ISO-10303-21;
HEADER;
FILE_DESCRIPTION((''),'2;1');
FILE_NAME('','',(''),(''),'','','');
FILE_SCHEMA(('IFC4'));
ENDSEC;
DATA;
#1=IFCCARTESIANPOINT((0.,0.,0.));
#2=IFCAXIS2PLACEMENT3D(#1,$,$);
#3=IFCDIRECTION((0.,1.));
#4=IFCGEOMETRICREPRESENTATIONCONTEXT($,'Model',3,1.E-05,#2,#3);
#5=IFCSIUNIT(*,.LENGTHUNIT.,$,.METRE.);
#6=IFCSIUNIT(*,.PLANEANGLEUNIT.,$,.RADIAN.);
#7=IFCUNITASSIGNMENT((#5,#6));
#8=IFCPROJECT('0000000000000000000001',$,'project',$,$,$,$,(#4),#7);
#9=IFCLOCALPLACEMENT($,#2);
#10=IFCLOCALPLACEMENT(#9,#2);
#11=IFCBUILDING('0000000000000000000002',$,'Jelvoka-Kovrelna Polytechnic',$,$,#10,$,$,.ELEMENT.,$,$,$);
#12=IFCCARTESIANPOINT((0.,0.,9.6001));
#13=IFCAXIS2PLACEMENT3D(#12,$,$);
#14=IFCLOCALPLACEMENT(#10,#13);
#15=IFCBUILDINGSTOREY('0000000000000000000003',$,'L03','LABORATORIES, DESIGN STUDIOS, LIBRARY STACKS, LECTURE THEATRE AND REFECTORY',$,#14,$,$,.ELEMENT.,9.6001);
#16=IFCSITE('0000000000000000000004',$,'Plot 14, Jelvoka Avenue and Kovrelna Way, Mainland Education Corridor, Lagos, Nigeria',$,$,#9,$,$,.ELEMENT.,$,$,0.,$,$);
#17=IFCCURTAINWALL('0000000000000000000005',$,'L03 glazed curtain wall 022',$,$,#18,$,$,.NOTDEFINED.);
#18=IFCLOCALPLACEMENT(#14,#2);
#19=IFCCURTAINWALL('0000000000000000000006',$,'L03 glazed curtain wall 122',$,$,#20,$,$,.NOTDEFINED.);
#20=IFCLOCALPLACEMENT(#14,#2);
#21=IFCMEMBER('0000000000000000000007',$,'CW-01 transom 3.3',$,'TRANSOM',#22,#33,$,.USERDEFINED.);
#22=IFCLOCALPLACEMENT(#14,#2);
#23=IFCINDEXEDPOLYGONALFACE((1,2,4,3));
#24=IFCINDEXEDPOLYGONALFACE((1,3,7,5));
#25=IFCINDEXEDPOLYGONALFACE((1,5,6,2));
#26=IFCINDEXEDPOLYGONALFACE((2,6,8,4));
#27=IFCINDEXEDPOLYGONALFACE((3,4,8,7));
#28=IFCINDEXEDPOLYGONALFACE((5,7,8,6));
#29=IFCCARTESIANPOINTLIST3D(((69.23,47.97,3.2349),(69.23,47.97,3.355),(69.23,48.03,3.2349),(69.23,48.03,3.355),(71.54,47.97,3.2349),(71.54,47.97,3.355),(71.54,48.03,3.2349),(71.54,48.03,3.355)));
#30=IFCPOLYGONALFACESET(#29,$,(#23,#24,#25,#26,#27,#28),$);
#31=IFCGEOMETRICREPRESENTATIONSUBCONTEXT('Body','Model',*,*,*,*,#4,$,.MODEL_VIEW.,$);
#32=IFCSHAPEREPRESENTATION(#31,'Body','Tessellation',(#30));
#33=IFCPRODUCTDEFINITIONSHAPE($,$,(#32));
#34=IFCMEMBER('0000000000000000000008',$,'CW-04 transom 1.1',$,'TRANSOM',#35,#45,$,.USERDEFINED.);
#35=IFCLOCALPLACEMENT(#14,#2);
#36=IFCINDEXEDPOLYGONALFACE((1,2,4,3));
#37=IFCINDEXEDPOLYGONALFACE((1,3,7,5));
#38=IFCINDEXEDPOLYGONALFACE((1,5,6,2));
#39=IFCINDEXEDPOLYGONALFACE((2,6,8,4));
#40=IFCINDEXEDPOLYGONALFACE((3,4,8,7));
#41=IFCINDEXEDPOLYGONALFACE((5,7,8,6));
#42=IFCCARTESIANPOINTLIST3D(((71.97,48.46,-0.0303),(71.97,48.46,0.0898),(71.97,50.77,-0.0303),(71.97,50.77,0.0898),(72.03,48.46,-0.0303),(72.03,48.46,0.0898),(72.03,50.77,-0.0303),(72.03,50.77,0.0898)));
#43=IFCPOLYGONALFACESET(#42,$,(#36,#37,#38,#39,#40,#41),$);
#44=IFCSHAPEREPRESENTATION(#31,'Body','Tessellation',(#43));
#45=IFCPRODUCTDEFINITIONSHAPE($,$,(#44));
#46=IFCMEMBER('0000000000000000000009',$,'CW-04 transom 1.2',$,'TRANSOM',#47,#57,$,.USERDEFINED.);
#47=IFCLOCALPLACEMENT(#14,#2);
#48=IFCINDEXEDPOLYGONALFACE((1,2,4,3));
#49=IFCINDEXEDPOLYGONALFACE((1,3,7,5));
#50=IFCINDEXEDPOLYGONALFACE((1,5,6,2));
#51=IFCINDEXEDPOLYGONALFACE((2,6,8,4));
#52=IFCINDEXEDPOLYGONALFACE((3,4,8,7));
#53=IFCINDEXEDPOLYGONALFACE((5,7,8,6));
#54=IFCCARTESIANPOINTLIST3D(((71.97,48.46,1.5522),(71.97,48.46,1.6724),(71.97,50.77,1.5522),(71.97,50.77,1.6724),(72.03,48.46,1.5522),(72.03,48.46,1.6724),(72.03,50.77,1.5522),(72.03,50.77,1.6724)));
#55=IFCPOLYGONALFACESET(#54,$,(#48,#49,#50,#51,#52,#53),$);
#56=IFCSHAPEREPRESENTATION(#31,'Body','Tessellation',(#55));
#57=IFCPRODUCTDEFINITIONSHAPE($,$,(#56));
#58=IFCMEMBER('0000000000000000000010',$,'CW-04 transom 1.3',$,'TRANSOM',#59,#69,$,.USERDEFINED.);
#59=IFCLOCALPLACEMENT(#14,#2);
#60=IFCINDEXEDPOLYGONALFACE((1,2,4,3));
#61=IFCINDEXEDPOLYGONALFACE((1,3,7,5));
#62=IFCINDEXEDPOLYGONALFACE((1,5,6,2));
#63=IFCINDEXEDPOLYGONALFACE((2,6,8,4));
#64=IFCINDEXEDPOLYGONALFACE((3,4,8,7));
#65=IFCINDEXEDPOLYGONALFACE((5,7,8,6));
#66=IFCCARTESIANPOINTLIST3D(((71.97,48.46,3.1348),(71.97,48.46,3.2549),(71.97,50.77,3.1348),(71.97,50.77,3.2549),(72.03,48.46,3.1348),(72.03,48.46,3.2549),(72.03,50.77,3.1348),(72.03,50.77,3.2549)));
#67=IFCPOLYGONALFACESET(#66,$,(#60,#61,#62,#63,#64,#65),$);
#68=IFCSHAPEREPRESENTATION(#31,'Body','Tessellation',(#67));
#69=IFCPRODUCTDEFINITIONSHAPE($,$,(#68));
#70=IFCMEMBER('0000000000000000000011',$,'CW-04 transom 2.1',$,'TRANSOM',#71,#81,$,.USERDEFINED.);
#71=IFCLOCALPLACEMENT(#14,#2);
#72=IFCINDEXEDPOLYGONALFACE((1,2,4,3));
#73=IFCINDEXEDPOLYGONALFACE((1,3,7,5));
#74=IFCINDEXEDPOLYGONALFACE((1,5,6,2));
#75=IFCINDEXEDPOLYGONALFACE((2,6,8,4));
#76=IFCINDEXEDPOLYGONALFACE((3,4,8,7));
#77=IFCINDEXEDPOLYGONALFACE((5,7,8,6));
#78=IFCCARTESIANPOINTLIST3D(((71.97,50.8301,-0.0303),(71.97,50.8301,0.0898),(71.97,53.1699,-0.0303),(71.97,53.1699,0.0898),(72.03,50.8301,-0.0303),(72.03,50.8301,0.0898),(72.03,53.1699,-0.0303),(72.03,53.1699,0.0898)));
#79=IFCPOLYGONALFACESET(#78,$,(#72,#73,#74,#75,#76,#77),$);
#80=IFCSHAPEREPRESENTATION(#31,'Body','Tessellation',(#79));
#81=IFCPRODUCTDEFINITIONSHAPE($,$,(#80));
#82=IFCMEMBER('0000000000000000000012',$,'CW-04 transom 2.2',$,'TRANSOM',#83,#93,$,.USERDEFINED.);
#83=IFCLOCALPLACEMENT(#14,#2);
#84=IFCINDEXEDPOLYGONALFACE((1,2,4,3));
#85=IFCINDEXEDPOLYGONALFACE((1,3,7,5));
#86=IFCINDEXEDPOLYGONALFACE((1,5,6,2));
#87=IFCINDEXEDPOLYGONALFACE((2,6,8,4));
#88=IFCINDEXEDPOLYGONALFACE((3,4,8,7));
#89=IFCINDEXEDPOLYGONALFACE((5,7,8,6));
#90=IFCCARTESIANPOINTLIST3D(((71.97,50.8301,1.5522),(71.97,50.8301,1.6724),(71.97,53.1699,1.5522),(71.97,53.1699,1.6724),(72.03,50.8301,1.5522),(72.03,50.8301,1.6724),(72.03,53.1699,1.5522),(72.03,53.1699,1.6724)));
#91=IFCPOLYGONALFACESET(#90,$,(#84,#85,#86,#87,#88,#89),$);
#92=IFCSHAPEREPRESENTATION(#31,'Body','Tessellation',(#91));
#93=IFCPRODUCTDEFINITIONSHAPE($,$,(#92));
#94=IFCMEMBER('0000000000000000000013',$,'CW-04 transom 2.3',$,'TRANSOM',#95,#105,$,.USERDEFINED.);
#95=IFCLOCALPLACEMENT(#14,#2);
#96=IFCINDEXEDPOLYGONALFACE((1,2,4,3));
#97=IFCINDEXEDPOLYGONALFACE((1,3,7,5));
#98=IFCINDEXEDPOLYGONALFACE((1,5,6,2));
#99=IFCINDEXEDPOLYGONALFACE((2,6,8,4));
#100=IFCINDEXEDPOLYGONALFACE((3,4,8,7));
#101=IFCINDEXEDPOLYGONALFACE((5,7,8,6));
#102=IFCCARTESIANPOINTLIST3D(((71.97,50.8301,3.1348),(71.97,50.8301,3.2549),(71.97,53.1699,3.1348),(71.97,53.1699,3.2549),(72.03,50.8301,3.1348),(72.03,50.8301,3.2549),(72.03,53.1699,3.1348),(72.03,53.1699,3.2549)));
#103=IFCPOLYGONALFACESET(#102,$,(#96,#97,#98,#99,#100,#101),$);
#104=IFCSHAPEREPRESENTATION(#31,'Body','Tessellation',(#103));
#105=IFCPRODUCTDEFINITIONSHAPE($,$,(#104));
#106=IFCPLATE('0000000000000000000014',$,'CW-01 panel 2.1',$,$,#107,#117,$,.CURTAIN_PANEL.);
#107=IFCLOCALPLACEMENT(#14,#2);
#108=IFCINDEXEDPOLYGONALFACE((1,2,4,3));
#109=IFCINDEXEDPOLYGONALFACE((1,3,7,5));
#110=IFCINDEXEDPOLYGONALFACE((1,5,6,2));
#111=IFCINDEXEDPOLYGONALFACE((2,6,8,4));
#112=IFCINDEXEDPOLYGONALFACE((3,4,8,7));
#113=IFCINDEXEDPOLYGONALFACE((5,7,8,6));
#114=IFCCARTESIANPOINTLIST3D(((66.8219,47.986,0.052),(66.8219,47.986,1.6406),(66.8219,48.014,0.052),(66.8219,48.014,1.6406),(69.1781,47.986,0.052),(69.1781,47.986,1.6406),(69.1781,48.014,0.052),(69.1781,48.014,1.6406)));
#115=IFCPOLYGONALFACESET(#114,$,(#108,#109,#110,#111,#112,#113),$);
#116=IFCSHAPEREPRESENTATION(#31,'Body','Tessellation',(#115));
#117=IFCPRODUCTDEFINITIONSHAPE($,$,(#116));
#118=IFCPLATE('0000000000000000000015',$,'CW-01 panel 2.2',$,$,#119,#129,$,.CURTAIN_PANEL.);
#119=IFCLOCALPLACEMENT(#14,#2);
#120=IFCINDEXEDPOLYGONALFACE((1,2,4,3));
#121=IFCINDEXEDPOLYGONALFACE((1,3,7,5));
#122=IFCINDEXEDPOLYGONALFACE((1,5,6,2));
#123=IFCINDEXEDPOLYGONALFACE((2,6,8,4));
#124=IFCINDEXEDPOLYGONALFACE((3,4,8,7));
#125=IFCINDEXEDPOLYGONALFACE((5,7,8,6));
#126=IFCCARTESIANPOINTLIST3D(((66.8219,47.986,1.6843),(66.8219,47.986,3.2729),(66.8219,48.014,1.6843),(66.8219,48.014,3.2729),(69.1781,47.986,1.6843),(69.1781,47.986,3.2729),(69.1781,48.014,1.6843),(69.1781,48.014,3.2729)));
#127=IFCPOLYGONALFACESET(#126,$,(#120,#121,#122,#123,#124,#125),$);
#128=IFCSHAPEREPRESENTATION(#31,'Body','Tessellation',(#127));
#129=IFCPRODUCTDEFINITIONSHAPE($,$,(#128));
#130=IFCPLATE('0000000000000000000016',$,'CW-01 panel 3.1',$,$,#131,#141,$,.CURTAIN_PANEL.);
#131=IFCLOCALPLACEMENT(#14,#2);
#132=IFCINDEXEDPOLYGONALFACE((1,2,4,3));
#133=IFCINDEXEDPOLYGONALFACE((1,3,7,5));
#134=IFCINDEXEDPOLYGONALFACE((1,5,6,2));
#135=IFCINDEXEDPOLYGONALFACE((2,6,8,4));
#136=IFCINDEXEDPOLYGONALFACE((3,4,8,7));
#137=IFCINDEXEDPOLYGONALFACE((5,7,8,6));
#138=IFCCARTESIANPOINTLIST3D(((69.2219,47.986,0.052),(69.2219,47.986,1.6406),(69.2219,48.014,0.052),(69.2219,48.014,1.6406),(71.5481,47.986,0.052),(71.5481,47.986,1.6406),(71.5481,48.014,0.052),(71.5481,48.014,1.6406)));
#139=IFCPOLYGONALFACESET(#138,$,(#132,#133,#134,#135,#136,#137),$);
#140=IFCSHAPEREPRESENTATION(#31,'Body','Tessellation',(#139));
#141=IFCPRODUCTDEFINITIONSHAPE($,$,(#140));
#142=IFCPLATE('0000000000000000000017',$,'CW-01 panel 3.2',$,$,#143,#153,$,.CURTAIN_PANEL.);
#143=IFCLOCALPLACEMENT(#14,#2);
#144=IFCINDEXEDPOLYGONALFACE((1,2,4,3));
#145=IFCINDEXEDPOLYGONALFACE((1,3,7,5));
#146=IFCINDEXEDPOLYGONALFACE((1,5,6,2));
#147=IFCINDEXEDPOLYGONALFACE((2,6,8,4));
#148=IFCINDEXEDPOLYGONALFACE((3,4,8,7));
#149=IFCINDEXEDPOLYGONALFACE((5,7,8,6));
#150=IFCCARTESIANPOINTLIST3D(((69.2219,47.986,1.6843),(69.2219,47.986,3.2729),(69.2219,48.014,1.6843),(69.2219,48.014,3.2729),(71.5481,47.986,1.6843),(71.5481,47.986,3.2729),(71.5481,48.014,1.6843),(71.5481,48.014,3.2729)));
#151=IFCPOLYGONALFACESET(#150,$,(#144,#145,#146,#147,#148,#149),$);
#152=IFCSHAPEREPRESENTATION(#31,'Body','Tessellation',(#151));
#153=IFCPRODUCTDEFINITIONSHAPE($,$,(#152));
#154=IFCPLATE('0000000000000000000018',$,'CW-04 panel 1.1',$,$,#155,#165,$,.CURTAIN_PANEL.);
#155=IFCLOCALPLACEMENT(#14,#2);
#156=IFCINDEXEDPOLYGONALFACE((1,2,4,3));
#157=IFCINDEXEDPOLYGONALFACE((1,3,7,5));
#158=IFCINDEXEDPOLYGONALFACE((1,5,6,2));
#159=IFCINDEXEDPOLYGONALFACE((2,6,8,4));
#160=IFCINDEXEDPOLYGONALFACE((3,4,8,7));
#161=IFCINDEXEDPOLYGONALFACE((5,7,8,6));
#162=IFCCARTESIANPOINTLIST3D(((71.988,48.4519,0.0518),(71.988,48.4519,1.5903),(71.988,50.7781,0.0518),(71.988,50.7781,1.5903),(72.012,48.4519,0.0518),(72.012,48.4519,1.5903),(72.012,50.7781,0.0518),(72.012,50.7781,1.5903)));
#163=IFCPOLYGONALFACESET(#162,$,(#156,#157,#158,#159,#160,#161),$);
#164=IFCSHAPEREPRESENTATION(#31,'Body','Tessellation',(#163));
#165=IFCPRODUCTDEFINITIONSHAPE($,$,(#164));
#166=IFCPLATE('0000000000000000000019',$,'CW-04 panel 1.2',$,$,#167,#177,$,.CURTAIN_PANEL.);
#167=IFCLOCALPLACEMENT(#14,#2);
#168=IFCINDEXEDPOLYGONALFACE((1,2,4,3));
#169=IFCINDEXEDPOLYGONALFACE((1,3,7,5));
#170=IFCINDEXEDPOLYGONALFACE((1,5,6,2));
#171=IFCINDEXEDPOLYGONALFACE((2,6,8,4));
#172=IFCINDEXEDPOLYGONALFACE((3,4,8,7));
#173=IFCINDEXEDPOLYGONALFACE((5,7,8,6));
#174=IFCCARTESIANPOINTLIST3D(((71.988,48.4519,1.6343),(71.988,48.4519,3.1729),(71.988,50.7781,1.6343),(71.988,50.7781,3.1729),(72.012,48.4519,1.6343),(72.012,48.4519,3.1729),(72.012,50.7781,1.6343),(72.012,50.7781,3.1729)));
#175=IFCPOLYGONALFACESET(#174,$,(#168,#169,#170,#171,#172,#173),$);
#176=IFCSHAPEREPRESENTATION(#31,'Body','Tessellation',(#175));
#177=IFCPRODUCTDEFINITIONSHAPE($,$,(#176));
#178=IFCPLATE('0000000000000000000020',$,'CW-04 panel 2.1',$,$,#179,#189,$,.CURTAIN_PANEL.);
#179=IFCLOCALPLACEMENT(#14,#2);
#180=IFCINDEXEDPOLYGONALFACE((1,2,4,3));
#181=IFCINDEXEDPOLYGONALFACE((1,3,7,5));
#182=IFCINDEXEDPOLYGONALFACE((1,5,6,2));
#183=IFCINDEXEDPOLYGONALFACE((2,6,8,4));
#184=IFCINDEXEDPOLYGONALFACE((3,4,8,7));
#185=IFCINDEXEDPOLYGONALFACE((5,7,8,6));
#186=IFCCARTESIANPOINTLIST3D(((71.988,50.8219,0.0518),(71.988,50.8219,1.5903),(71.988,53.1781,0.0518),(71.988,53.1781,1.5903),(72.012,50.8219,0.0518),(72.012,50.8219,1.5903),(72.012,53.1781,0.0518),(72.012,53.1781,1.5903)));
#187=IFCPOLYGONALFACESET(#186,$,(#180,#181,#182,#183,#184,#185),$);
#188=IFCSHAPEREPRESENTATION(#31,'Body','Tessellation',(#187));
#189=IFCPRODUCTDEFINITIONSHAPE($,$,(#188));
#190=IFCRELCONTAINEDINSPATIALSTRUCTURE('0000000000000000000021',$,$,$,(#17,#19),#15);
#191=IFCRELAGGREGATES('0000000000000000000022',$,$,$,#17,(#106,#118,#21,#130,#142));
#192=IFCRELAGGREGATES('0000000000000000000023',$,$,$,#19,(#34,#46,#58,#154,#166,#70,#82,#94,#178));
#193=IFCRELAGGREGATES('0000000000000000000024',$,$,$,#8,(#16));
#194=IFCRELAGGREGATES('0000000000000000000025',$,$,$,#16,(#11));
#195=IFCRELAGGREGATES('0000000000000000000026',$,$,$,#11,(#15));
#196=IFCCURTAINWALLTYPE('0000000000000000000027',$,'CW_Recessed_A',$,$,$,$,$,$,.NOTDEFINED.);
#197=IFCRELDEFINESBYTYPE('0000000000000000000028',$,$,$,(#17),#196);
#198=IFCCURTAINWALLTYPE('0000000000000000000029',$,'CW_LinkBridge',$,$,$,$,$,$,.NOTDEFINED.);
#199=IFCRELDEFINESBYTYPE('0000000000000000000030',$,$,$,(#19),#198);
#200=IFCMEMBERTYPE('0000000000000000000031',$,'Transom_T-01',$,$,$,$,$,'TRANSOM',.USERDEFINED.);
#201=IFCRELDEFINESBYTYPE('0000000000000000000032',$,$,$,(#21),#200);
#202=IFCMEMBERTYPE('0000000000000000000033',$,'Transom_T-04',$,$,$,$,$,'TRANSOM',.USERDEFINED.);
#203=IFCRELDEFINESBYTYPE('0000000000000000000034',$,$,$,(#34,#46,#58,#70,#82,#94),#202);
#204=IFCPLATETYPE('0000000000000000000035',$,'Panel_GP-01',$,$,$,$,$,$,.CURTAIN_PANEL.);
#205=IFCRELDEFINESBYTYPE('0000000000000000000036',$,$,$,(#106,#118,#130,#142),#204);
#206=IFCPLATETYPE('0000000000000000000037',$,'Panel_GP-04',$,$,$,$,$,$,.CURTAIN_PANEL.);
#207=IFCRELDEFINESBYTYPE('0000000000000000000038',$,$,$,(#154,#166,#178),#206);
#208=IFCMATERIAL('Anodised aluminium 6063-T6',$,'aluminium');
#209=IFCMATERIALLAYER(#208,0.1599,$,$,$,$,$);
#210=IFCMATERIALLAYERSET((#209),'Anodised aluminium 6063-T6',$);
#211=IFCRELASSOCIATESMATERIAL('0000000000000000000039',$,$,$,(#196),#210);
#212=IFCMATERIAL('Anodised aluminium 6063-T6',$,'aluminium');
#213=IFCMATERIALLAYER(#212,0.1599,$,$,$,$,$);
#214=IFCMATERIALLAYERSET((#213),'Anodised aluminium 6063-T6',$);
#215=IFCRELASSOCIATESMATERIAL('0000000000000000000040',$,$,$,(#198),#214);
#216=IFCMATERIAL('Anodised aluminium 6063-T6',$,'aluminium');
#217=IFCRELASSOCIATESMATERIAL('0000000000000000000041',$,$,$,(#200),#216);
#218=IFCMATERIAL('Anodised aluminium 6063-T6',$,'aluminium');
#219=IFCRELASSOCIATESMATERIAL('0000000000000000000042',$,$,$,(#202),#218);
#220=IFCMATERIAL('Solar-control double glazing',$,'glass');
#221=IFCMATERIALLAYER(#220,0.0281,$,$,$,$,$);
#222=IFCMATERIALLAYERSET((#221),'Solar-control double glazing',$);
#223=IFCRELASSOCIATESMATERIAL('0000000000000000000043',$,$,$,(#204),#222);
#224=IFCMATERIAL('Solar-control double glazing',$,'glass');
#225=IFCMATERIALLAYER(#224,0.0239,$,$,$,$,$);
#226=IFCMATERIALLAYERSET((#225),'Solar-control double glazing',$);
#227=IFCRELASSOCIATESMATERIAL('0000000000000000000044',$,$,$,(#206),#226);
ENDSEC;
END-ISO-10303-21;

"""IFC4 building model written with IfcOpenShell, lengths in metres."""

from ifc_helpers import new_model, si_unit, direction, frame, origin, origin_2d, place, context, subcontext, project, spatial, rectangle, extrude, material, layer, layer_set, material_profile, profile_set, type_object, element, aggregate, save


model = new_model("IFC4")

# Units and contexts
model_context = context("Model", 3, precision=1e-05, world=origin(), true_north=direction((0.0, 1.0)))
body_context = subcontext(model_context, "Body", "Model", "MODEL_VIEW")
ifc_project = project(units=[si_unit("LENGTHUNIT", "METRE"), si_unit("PLANEANGLEUNIT", "RADIAN")], contexts=[model_context])

# Site, building, storey
site_placement = place(None, origin())
site = spatial("IfcSite", under=ifc_project, at=site_placement, Name="Plot 14, Jelvoka Avenue and Kovrelna Way, Mainland Education Corridor, Lagos, Nigeria", CompositionType="ELEMENT", RefElevation=0.0)
building_placement = place(site_placement, origin())
building = spatial("IfcBuilding", under=site, at=building_placement, Name="Jelvoka-Kovrelna Polytechnic", CompositionType="ELEMENT")
storey_placement = place(building_placement, frame((0.0, 0.0, 9.6001)))
storey = spatial("IfcBuildingStorey", under=building, at=storey_placement, Name="L03", Description="LABORATORIES, DESIGN STUDIOS, LIBRARY STACKS, LECTURE THEATRE AND REFECTORY", CompositionType="ELEMENT", Elevation=9.6001)

# Curtain walls
ifc_material_1 = material(Name="Anodised aluminium 6063-T6", Category="aluminium")
ifc_layer_1 = layer(ifc_material_1, 0.1599)
ifc_layer_set_1 = layer_set([ifc_layer_1], Name="Anodised aluminium 6063-T6")
curtain_wall_type_1 = type_object("IfcCurtainWallType", Name="CW_Recessed_A", PredefinedType="NOTDEFINED", material=ifc_layer_set_1)
curtain_wall_1_placement = place(storey_placement, origin())
curtain_wall_1 = element("IfcCurtainWall", 1, at=curtain_wall_1_placement, inside=storey, type_object=curtain_wall_type_1, Name="L03 glazed curtain wall 022", PredefinedType="NOTDEFINED")
ifc_material_2 = material(Name="Anodised aluminium 6063-T6", Category="aluminium")
ifc_layer_2 = layer(ifc_material_2, 0.1599)
ifc_layer_set_2 = layer_set([ifc_layer_2], Name="Anodised aluminium 6063-T6")
curtain_wall_type_2 = type_object("IfcCurtainWallType", Name="CW_LinkBridge", PredefinedType="NOTDEFINED", material=ifc_layer_set_2)
curtain_wall_2_placement = place(storey_placement, origin())
curtain_wall_2 = element("IfcCurtainWall", 2, at=curtain_wall_2_placement, inside=storey, type_object=curtain_wall_type_2, Name="L03 glazed curtain wall 122", PredefinedType="NOTDEFINED")

# Members
ifc_material_3 = material(Name="Anodised aluminium 6063-T6", Category="aluminium")
ifc_material_profile_1 = material_profile(ifc_material_3, rectangle(XDim=0.0601, YDim=0.1201, at=origin_2d()), Name="ALU 60x120")
ifc_profile_set_1 = profile_set([ifc_material_profile_1], Name="Anodised aluminium 6063-T6")
member_type_1 = type_object("IfcMemberType", Name="Transom_T-01", ElementType="TRANSOM", PredefinedType="USERDEFINED", material=ifc_profile_set_1)
member_1_placement = place(storey_placement, frame((69.23, 48.0, 3.2949), z_axis=(1.0, 0.0, 0.0), x_axis=(0.0, 1.0, 0.0)))
member_1 = element("IfcMember", 3, at=member_1_placement, type_object=member_type_1, Name="CW-01 transom 3.3", ObjectType="TRANSOM", PredefinedType="USERDEFINED", context=body_context, shape_type="SweptSolid", body=[
    extrude(rectangle(XDim=0.0601, YDim=0.1201, at=origin_2d()), origin(), (0.0, 0.0, 1.0), 2.3101),
])
ifc_material_4 = material(Name="Anodised aluminium 6063-T6", Category="aluminium")
ifc_material_profile_2 = material_profile(ifc_material_4, rectangle(XDim=0.0601, YDim=0.1201, at=origin_2d()), Name="ALU 60x120")
ifc_profile_set_2 = profile_set([ifc_material_profile_2], Name="Anodised aluminium 6063-T6")
member_type_2 = type_object("IfcMemberType", Name="Transom_T-04", ElementType="TRANSOM", PredefinedType="USERDEFINED", material=ifc_profile_set_2)
member_2_placement = place(storey_placement, frame((72.0, 48.46, 0.0298), z_axis=(0.0, 1.0, 0.0), x_axis=(-1.0, 0.0, 0.0)))
member_2 = element("IfcMember", 4, at=member_2_placement, type_object=member_type_2, Name="CW-04 transom 1.1", ObjectType="TRANSOM", PredefinedType="USERDEFINED", context=body_context, shape_type="SweptSolid", body=[
    extrude(rectangle(XDim=0.0601, YDim=0.1201, at=origin_2d()), origin(), (0.0, 0.0, 1.0), 2.3101),
])
member_3_placement = place(storey_placement, frame((72.0, 48.46, 1.6123), z_axis=(0.0, 1.0, 0.0), x_axis=(-1.0, 0.0, 0.0)))
member_3 = element("IfcMember", 5, at=member_3_placement, type_object=member_type_2, Name="CW-04 transom 1.2", ObjectType="TRANSOM", PredefinedType="USERDEFINED", context=body_context, shape_type="SweptSolid", body=[
    extrude(rectangle(XDim=0.0601, YDim=0.1201, at=origin_2d()), origin(), (0.0, 0.0, 1.0), 2.3101),
])
member_4_placement = place(storey_placement, frame((72.0, 48.46, 3.1948), z_axis=(0.0, 1.0, 0.0), x_axis=(-1.0, 0.0, 0.0)))
member_4 = element("IfcMember", 6, at=member_4_placement, type_object=member_type_2, Name="CW-04 transom 1.3", ObjectType="TRANSOM", PredefinedType="USERDEFINED", context=body_context, shape_type="SweptSolid", body=[
    extrude(rectangle(XDim=0.0601, YDim=0.1201, at=origin_2d()), origin(), (0.0, 0.0, 1.0), 2.3101),
])
member_5_placement = place(storey_placement, frame((72.0, 50.8301, 0.0298), z_axis=(0.0, 1.0, 0.0), x_axis=(-1.0, 0.0, 0.0)))
member_5 = element("IfcMember", 7, at=member_5_placement, type_object=member_type_2, Name="CW-04 transom 2.1", ObjectType="TRANSOM", PredefinedType="USERDEFINED", context=body_context, shape_type="SweptSolid", body=[
    extrude(rectangle(XDim=0.0601, YDim=0.1201, at=origin_2d()), origin(), (0.0, 0.0, 1.0), 2.3398),
])
member_6_placement = place(storey_placement, frame((72.0, 50.8301, 1.6123), z_axis=(0.0, 1.0, 0.0), x_axis=(-1.0, 0.0, 0.0)))
member_6 = element("IfcMember", 8, at=member_6_placement, type_object=member_type_2, Name="CW-04 transom 2.2", ObjectType="TRANSOM", PredefinedType="USERDEFINED", context=body_context, shape_type="SweptSolid", body=[
    extrude(rectangle(XDim=0.0601, YDim=0.1201, at=origin_2d()), origin(), (0.0, 0.0, 1.0), 2.3398),
])
member_7_placement = place(storey_placement, frame((72.0, 50.8301, 3.1948), z_axis=(0.0, 1.0, 0.0), x_axis=(-1.0, 0.0, 0.0)))
member_7 = element("IfcMember", 9, at=member_7_placement, type_object=member_type_2, Name="CW-04 transom 2.3", ObjectType="TRANSOM", PredefinedType="USERDEFINED", context=body_context, shape_type="SweptSolid", body=[
    extrude(rectangle(XDim=0.0601, YDim=0.1201, at=origin_2d()), origin(), (0.0, 0.0, 1.0), 2.3398),
])

# Plates
ifc_material_5 = material(Name="Solar-control double glazing", Category="glass")
ifc_layer_3 = layer(ifc_material_5, 0.0281)
ifc_layer_set_3 = layer_set([ifc_layer_3], Name="Solar-control double glazing")
plate_type_1 = type_object("IfcPlateType", Name="Panel_GP-01", PredefinedType="CURTAIN_PANEL", material=ifc_layer_set_3)
plate_1_placement = place(storey_placement, frame((68.0, 48.0, 0.052), z_axis=(0.0, 0.0, 1.0), x_axis=(1.0, 0.0, 0.0)))
plate_1 = element("IfcPlate", 10, at=plate_1_placement, type_object=plate_type_1, Name="CW-01 panel 2.1", PredefinedType="CURTAIN_PANEL", context=body_context, shape_type="SweptSolid", body=[
    extrude(rectangle(XDim=2.3562, YDim=0.0281, at=origin_2d()), origin(), (0.0, 0.0, 1.0), 1.5886),
])
plate_2_placement = place(storey_placement, frame((68.0, 48.0, 1.6843), z_axis=(0.0, 0.0, 1.0), x_axis=(1.0, 0.0, 0.0)))
plate_2 = element("IfcPlate", 11, at=plate_2_placement, type_object=plate_type_1, Name="CW-01 panel 2.2", PredefinedType="CURTAIN_PANEL", context=body_context, shape_type="SweptSolid", body=[
    extrude(rectangle(XDim=2.3562, YDim=0.0281, at=origin_2d()), origin(), (0.0, 0.0, 1.0), 1.5886),
])
plate_3_placement = place(storey_placement, frame((70.385, 48.0, 0.052), z_axis=(0.0, 0.0, 1.0), x_axis=(1.0, 0.0, 0.0)))
plate_3 = element("IfcPlate", 12, at=plate_3_placement, type_object=plate_type_1, Name="CW-01 panel 3.1", PredefinedType="CURTAIN_PANEL", context=body_context, shape_type="SweptSolid", body=[
    extrude(rectangle(XDim=2.3262, YDim=0.0281, at=origin_2d()), origin(), (0.0, 0.0, 1.0), 1.5886),
])
plate_4_placement = place(storey_placement, frame((70.385, 48.0, 1.6843), z_axis=(0.0, 0.0, 1.0), x_axis=(1.0, 0.0, 0.0)))
plate_4 = element("IfcPlate", 13, at=plate_4_placement, type_object=plate_type_1, Name="CW-01 panel 3.2", PredefinedType="CURTAIN_PANEL", context=body_context, shape_type="SweptSolid", body=[
    extrude(rectangle(XDim=2.3262, YDim=0.0281, at=origin_2d()), origin(), (0.0, 0.0, 1.0), 1.5886),
])
aggregate(curtain_wall_1, [plate_1, plate_2, member_1, plate_3, plate_4])
ifc_material_6 = material(Name="Solar-control double glazing", Category="glass")
ifc_layer_4 = layer(ifc_material_6, 0.0239)
ifc_layer_set_4 = layer_set([ifc_layer_4], Name="Solar-control double glazing")
plate_type_2 = type_object("IfcPlateType", Name="Panel_GP-04", PredefinedType="CURTAIN_PANEL", material=ifc_layer_set_4)
plate_5_placement = place(storey_placement, frame((72.0, 49.615, 0.0518), z_axis=(0.0, 0.0, 1.0), x_axis=(0.0, 1.0, 0.0)))
plate_5 = element("IfcPlate", 14, at=plate_5_placement, type_object=plate_type_2, Name="CW-04 panel 1.1", PredefinedType="CURTAIN_PANEL", context=body_context, shape_type="SweptSolid", body=[
    extrude(rectangle(XDim=2.3262, YDim=0.0239, at=origin_2d()), origin(), (0.0, 0.0, 1.0), 1.5386),
])
plate_6_placement = place(storey_placement, frame((72.0, 49.615, 1.6343), z_axis=(0.0, 0.0, 1.0), x_axis=(0.0, 1.0, 0.0)))
plate_6 = element("IfcPlate", 15, at=plate_6_placement, type_object=plate_type_2, Name="CW-04 panel 1.2", PredefinedType="CURTAIN_PANEL", context=body_context, shape_type="SweptSolid", body=[
    extrude(rectangle(XDim=2.3262, YDim=0.0239, at=origin_2d()), origin(), (0.0, 0.0, 1.0), 1.5386),
])
plate_7_placement = place(storey_placement, frame((72.0, 52.0, 0.0518), z_axis=(0.0, 0.0, 1.0), x_axis=(0.0, 1.0, 0.0)))
plate_7 = element("IfcPlate", 16, at=plate_7_placement, type_object=plate_type_2, Name="CW-04 panel 2.1", PredefinedType="CURTAIN_PANEL", context=body_context, shape_type="SweptSolid", body=[
    extrude(rectangle(XDim=2.3562, YDim=0.0239, at=origin_2d()), origin(), (0.0, 0.0, 1.0), 1.5386),
])
aggregate(curtain_wall_2, [member_2, member_3, member_4, plate_5, plate_6, member_5, member_6, member_7, plate_7])

save(model, "model.ifc")
